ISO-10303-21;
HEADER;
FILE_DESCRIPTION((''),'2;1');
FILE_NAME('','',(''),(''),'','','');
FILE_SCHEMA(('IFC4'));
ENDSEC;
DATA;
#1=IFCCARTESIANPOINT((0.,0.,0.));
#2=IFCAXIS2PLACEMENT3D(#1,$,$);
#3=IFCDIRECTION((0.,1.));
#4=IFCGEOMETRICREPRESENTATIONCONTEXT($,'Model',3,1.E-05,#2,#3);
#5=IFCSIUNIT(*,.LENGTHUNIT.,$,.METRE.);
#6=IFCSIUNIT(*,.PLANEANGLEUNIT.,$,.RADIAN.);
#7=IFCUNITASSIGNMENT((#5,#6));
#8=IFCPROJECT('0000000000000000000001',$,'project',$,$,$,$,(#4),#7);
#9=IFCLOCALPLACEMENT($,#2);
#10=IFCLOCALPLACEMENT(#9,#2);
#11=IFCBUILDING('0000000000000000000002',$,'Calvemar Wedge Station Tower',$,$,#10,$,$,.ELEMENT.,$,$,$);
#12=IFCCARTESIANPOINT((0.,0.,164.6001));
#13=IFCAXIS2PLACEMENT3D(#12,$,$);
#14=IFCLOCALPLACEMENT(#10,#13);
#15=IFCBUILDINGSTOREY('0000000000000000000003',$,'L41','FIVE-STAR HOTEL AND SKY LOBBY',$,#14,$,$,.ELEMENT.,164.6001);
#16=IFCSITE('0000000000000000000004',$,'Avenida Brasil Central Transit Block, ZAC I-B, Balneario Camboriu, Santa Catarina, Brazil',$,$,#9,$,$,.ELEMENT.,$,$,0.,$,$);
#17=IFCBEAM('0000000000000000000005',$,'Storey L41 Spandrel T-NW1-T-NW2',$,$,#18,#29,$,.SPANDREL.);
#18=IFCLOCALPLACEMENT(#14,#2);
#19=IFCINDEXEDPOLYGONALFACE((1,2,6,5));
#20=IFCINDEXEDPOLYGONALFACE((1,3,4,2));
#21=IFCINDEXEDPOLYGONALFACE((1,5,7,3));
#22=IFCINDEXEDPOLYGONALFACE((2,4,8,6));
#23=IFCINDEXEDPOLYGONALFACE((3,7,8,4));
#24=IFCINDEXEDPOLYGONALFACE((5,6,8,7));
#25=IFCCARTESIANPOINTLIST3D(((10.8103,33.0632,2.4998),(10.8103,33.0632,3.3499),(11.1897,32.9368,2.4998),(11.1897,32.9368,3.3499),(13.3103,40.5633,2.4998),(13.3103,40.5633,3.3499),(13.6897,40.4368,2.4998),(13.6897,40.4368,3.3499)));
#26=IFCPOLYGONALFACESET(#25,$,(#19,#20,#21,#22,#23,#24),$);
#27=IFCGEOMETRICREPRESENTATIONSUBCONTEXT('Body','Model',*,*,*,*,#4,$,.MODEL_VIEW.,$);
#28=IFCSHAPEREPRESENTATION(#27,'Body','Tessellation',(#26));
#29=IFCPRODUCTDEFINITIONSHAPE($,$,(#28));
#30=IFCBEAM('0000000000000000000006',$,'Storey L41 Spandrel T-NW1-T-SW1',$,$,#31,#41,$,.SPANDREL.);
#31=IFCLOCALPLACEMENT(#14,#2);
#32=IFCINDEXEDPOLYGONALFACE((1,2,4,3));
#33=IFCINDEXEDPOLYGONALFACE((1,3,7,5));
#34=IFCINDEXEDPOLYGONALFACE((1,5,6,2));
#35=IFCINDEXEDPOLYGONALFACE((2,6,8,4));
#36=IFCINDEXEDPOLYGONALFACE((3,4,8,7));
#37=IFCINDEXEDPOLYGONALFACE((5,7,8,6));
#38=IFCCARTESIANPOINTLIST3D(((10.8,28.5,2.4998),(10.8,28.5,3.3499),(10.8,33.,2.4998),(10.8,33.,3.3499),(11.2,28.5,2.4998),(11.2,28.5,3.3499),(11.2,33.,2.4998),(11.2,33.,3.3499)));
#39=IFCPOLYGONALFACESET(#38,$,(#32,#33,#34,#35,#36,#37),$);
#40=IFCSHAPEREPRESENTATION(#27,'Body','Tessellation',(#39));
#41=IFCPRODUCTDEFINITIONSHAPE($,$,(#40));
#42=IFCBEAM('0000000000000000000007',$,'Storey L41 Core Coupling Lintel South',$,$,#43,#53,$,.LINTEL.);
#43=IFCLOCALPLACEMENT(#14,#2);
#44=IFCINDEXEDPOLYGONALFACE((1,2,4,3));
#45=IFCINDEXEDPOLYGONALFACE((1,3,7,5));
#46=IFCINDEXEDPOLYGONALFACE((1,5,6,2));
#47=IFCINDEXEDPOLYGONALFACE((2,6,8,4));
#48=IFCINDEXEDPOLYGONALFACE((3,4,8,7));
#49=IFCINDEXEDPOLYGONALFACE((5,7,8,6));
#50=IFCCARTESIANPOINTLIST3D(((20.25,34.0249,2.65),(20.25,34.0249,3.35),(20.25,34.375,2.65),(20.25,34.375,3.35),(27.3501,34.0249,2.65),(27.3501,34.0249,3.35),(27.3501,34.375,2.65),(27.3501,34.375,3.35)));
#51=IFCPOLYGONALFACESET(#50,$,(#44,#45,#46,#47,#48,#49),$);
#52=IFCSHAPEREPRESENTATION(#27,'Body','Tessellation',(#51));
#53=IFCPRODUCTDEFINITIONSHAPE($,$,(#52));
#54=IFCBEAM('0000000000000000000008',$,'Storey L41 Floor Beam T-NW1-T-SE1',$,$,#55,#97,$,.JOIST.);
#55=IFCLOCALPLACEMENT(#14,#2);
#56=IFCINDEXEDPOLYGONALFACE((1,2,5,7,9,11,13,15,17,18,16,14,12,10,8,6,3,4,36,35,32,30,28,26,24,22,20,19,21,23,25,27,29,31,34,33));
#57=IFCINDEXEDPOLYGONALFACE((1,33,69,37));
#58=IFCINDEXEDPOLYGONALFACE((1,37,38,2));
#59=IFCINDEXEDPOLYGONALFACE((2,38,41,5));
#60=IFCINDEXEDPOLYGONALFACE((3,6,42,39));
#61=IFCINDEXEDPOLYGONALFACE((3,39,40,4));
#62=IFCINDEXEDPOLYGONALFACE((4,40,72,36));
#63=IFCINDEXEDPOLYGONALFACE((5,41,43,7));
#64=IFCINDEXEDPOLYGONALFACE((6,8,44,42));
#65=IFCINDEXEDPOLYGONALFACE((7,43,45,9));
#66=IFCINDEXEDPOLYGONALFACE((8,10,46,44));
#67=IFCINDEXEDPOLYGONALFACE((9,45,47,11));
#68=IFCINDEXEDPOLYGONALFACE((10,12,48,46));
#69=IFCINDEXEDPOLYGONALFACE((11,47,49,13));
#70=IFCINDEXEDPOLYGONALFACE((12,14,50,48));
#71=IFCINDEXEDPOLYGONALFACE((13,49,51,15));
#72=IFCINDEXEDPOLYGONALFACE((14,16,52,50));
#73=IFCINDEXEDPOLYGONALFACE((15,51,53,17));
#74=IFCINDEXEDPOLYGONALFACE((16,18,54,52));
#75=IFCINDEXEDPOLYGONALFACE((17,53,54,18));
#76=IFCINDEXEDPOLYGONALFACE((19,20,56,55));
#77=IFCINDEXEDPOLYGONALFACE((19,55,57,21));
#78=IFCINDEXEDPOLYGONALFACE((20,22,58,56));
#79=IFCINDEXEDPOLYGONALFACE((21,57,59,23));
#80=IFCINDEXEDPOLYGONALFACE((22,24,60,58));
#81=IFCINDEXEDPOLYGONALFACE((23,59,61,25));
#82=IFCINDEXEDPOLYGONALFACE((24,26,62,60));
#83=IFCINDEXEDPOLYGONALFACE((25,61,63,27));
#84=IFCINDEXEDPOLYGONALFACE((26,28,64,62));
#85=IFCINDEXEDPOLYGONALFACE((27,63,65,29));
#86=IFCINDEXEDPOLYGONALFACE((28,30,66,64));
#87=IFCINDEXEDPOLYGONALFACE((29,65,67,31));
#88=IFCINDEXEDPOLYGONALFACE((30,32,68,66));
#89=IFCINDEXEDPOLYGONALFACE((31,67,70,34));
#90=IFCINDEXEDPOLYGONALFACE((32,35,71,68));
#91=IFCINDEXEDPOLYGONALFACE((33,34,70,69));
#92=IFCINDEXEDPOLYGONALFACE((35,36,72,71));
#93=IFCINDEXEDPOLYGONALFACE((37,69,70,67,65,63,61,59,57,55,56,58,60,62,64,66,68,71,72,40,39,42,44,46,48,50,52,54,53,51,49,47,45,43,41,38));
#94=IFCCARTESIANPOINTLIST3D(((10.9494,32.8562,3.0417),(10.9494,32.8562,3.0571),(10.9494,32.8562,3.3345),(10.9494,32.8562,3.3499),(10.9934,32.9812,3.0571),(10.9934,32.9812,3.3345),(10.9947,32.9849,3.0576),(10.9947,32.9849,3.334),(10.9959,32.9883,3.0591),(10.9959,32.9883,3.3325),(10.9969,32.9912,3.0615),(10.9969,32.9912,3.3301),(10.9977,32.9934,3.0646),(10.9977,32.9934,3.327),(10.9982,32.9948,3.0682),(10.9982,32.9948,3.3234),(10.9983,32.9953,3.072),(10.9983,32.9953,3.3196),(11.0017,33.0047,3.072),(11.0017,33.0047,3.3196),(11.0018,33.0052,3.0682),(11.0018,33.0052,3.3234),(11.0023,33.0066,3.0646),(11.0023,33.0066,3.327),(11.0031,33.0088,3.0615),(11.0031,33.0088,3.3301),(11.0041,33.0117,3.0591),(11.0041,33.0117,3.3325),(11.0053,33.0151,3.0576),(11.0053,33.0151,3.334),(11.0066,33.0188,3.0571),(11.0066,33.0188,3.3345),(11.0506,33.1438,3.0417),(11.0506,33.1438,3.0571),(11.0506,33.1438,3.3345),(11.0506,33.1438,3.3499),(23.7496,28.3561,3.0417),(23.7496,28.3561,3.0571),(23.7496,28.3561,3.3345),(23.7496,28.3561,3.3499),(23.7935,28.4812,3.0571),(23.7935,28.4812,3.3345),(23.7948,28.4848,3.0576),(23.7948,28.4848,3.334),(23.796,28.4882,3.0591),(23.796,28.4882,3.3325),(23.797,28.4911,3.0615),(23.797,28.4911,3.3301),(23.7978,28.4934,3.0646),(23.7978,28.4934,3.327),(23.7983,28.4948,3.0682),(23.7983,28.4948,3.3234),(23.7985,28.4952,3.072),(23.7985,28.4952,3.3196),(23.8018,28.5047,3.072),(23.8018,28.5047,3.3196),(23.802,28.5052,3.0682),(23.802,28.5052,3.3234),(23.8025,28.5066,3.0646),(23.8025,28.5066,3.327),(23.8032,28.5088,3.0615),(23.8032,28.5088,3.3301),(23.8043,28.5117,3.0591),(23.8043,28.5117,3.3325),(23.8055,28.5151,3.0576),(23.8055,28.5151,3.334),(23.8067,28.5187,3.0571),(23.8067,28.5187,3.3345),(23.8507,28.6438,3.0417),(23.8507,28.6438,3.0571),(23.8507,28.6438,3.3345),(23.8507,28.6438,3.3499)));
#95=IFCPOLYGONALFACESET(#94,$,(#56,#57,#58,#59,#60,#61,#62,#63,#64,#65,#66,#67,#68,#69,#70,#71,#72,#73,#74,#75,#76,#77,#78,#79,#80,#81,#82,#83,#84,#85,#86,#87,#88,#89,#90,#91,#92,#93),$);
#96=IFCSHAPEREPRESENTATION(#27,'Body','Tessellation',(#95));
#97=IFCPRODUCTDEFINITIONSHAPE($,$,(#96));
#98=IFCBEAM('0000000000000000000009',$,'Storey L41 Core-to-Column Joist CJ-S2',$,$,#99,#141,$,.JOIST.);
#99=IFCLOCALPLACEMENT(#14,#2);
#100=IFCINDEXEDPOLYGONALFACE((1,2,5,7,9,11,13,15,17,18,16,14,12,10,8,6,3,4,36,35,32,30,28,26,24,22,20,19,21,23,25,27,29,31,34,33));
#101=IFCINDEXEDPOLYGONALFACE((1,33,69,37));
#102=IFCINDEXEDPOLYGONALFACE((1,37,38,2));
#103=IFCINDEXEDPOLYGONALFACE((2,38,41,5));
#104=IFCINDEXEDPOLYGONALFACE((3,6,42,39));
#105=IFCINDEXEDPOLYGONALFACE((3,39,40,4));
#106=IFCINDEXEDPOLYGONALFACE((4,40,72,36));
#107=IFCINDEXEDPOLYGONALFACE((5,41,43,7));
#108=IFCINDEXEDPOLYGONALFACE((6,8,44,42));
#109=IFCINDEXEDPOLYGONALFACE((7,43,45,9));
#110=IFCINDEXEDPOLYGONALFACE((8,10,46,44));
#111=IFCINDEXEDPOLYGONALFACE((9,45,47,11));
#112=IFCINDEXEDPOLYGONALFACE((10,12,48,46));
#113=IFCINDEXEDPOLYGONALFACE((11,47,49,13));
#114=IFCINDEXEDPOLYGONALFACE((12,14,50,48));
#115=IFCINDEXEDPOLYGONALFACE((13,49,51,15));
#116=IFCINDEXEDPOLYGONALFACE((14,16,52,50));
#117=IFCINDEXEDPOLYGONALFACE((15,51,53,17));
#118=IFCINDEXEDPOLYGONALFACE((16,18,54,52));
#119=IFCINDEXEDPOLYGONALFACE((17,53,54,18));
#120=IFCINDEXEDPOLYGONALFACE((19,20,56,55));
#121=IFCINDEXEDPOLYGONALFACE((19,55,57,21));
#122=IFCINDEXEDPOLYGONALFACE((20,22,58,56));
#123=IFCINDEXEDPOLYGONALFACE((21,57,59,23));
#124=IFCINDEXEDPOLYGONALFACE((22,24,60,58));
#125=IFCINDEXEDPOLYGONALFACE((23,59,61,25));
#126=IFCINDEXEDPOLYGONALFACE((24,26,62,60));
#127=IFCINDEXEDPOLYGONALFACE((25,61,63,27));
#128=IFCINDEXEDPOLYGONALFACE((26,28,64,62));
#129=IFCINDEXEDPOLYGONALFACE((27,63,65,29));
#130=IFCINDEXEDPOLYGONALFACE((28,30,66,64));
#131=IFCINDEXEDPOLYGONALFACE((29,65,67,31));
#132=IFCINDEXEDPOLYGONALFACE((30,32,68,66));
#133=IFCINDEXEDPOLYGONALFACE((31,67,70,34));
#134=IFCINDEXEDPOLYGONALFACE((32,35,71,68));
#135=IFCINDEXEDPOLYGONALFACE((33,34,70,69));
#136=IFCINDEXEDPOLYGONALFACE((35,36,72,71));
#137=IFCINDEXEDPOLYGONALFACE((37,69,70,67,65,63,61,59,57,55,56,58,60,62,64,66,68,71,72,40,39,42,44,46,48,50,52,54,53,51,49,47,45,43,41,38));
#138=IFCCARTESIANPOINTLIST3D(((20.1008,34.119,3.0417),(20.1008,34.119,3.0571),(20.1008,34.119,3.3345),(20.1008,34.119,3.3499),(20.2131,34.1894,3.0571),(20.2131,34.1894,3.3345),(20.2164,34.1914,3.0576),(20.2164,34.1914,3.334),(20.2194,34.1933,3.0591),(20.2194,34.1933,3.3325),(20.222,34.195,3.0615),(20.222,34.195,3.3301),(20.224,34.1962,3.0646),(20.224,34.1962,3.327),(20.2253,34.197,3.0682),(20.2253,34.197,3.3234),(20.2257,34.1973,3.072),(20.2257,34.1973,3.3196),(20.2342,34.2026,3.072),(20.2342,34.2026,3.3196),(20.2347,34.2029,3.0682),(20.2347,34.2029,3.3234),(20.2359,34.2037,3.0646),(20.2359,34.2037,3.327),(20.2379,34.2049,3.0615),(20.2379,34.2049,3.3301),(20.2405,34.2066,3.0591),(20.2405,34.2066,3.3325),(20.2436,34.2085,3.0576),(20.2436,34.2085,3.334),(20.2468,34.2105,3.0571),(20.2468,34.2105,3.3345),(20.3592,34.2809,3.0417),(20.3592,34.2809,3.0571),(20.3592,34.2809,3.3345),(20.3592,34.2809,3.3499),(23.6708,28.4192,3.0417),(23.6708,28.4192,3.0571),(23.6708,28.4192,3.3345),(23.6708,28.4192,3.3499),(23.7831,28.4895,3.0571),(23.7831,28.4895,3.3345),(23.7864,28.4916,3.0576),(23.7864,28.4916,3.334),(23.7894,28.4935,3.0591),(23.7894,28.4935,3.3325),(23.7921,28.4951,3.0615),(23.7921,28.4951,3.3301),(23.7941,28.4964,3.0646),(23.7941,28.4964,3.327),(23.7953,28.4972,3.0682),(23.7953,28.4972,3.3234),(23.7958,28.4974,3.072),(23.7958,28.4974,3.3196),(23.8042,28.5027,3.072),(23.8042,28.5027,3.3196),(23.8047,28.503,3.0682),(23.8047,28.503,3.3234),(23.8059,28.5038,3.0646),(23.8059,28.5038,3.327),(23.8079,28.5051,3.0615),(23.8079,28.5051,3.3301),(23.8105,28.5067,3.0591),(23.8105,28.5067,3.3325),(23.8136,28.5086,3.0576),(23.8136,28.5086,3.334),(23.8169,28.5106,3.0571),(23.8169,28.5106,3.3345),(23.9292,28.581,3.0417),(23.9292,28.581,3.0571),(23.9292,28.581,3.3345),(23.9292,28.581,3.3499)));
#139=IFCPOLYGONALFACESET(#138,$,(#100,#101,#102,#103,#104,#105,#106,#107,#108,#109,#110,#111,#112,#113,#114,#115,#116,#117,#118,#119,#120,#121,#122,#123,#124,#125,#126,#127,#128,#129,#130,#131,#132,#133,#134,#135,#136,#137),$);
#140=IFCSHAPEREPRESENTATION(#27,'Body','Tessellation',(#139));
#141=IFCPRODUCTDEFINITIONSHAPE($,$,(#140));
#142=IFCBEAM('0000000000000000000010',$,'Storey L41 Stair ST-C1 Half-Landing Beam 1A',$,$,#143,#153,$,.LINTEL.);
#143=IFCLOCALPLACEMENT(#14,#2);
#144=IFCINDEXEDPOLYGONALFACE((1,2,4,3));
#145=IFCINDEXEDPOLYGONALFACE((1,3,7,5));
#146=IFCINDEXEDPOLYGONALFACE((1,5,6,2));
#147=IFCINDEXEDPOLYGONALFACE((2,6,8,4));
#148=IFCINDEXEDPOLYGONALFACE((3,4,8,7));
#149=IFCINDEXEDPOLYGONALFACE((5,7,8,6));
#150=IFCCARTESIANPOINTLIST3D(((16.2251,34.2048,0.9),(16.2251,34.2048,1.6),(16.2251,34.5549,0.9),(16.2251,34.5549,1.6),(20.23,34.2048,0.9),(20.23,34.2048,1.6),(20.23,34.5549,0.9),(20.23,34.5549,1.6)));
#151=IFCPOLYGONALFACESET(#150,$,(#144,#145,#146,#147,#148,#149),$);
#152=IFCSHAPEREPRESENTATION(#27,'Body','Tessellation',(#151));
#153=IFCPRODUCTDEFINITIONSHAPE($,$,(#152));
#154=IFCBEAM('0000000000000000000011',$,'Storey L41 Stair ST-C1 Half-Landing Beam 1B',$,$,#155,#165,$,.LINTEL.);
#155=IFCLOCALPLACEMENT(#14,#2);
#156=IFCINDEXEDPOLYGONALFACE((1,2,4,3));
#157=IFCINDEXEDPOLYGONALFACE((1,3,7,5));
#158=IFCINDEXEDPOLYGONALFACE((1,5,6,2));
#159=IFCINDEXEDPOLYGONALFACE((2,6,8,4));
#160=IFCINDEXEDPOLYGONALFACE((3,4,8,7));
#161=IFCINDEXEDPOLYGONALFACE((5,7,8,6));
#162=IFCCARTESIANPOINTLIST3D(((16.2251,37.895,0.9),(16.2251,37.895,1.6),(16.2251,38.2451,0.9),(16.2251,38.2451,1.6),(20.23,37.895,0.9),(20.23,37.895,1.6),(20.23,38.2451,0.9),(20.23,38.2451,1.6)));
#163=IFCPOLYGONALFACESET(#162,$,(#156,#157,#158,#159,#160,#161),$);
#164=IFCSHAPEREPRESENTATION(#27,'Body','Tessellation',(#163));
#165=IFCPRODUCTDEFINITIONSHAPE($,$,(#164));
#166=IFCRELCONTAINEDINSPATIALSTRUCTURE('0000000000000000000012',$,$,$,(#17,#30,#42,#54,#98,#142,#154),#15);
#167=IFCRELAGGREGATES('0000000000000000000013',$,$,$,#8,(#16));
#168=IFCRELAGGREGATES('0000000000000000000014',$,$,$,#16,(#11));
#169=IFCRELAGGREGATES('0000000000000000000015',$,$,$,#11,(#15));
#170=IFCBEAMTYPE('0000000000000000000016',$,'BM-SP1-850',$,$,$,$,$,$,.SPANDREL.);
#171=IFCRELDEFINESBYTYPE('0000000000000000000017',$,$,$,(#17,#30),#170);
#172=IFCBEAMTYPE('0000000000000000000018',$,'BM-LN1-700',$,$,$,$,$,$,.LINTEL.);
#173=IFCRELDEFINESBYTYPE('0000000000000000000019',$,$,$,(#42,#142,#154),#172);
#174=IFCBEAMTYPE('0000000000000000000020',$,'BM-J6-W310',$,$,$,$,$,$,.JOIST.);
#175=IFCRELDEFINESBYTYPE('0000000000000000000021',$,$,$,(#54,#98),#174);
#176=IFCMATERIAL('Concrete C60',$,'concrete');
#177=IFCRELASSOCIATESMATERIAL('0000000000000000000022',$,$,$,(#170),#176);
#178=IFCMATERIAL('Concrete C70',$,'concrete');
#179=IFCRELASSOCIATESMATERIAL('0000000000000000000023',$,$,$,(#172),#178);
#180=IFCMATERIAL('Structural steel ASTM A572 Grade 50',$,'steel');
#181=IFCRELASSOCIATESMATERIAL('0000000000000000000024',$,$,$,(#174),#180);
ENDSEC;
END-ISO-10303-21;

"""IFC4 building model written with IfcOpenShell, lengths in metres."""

from ifc_helpers import new_model, si_unit, direction, frame, origin, origin_2d, place, context, subcontext, project, spatial, rectangle, i_section, extrude, source, transform, mapped, material, material_profile, profile_set, type_object, element, save


model = new_model("IFC4")

# Units and contexts
model_context = context("Model", 3, precision=1e-05, world=origin(), true_north=direction((0.0, 1.0)))
body_context = subcontext(model_context, "Body", "Model", "MODEL_VIEW")
ifc_project = project(units=[si_unit("LENGTHUNIT", "METRE"), si_unit("PLANEANGLEUNIT", "RADIAN")], contexts=[model_context])

# Site, building, storey
site_placement = place(None, origin())
site = spatial("IfcSite", under=ifc_project, at=site_placement, Name="Avenida Brasil Central Transit Block, ZAC I-B, Balneario Camboriu, Santa Catarina, Brazil", CompositionType="ELEMENT", RefElevation=0.0)
building_placement = place(site_placement, origin())
building = spatial("IfcBuilding", under=site, at=building_placement, Name="Calvemar Wedge Station Tower", CompositionType="ELEMENT")
storey_placement = place(building_placement, frame((0.0, 0.0, 164.6001)))
storey = spatial("IfcBuildingStorey", under=building, at=storey_placement, Name="L41", Description="FIVE-STAR HOTEL AND SKY LOBBY", CompositionType="ELEMENT", Elevation=164.6001)

# Beams
ifc_material_1 = material(Name="Concrete C60", Category="concrete")
ifc_material_profile_1 = material_profile(ifc_material_1, rectangle(XDim=0.3999, YDim=0.8501, at=origin_2d()), Name="RC400x850")
ifc_profile_set_1 = profile_set([ifc_material_profile_1], Name="Concrete C60")
beam_type_1 = type_object("IfcBeamType", Name="BM-SP1-850", PredefinedType="SPANDREL", material=ifc_profile_set_1)
shared_shape_1 = source(origin(), body_context, "Body", "SweptSolid", [
    extrude(rectangle(XDim=0.3999, YDim=0.8501, at=origin_2d()), origin(), (0.0, 0.0, 1.0), 7.9058),
])
beam_1_placement = place(storey_placement, frame((11.0, 33.0, 2.9248), z_axis=(0.316228, 0.948683, 0.0), x_axis=(-0.948683, 0.316228, 0.0)))
element("IfcBeam", 1, at=beam_1_placement, inside=storey, type_object=beam_type_1, Name="Storey L41 Spandrel T-NW1-T-NW2", PredefinedType="SPANDREL", context=body_context, shape_type="MappedRepresentation", body=[
    mapped(shared_shape_1, transform((0.0, 0.0, 0.0), scale=1.0)),
])
shared_shape_2 = source(origin(), body_context, "Body", "SweptSolid", [
    extrude(rectangle(XDim=0.3999, YDim=0.8501, at=origin_2d()), origin(), (0.0, 0.0, 1.0), 4.5),
])
beam_2_placement = place(storey_placement, frame((11.0, 33.0, 2.9248), z_axis=(0.0, -1.0, 0.0), x_axis=(1.0, 0.0, 0.0)))
element("IfcBeam", 2, at=beam_2_placement, inside=storey, type_object=beam_type_1, Name="Storey L41 Spandrel T-NW1-T-SW1", PredefinedType="SPANDREL", context=body_context, shape_type="MappedRepresentation", body=[
    mapped(shared_shape_2, transform((0.0, 0.0, 0.0), scale=1.0)),
])
ifc_material_2 = material(Name="Concrete C70", Category="concrete")
ifc_material_profile_2 = material_profile(ifc_material_2, rectangle(XDim=0.3501, YDim=0.7, at=origin_2d()), Name="RC350x700")
ifc_profile_set_2 = profile_set([ifc_material_profile_2], Name="Concrete C70")
beam_type_2 = type_object("IfcBeamType", Name="BM-LN1-700", PredefinedType="LINTEL", material=ifc_profile_set_2)
shared_shape_3 = source(origin(), body_context, "Body", "SweptSolid", [
    extrude(rectangle(XDim=0.3501, YDim=0.7, at=origin_2d()), origin(), (0.0, 0.0, 1.0), 7.1001),
])
beam_3_placement = place(storey_placement, frame((20.25, 34.2, 3.0), z_axis=(1.0, 0.0, 0.0), x_axis=(0.0, 1.0, 0.0)))
element("IfcBeam", 3, at=beam_3_placement, inside=storey, type_object=beam_type_2, Name="Storey L41 Core Coupling Lintel South", PredefinedType="LINTEL", context=body_context, shape_type="MappedRepresentation", body=[
    mapped(shared_shape_3, transform((0.0, 0.0, 0.0), scale=1.0)),
])
ifc_material_3 = material(Name="Structural steel ASTM A572 Grade 50", Category="steel")
ifc_material_profile_3 = material_profile(ifc_material_3, i_section(OverallWidth=0.3049, OverallDepth=0.3081, WebThickness=0.01, FlangeThickness=0.0154, FilletRadius=0.0149, at=origin_2d()), Name="W310x97")
ifc_profile_set_3 = profile_set([ifc_material_profile_3], Name="Structural steel ASTM A572 Grade 50")
beam_type_3 = type_object("IfcBeamType", Name="BM-J6-W310", PredefinedType="JOIST", material=ifc_profile_set_3)
shared_shape_4 = source(origin(), body_context, "Body", "SweptSolid", [
    extrude(i_section(OverallWidth=0.3049, OverallDepth=0.3081, WebThickness=0.01, FlangeThickness=0.0154, FilletRadius=0.0149, at=origin_2d()), origin(), (0.0, 0.0, 1.0), 13.5681),
])
beam_4_placement = place(storey_placement, frame((11.0, 33.0, 3.1958), z_axis=(0.943398, -0.331662, 0.0), x_axis=(0.331662, 0.943398, 0.0)))
element("IfcBeam", 4, at=beam_4_placement, inside=storey, type_object=beam_type_3, Name="Storey L41 Floor Beam T-NW1-T-SE1", PredefinedType="JOIST", context=body_context, shape_type="MappedRepresentation", body=[
    mapped(shared_shape_4, transform((0.0, 0.0, 0.0), scale=1.0)),
])
shared_shape_5 = source(origin(), body_context, "Body", "SweptSolid", [
    extrude(i_section(OverallWidth=0.3049, OverallDepth=0.3081, WebThickness=0.01, FlangeThickness=0.0154, FilletRadius=0.0149, at=origin_2d()), origin(), (0.0, 0.0, 1.0), 6.7256),
])
beam_5_placement = place(storey_placement, frame((20.23, 34.2, 3.1958), z_axis=(0.530811, -0.84749, 0.0), x_axis=(0.84749, 0.530811, 0.0)))
element("IfcBeam", 5, at=beam_5_placement, inside=storey, type_object=beam_type_3, Name="Storey L41 Core-to-Column Joist CJ-S2", PredefinedType="JOIST", context=body_context, shape_type="MappedRepresentation", body=[
    mapped(shared_shape_5, transform((0.0, 0.0, 0.0), scale=1.0)),
])
shared_shape_6 = source(origin(), body_context, "Body", "SweptSolid", [
    extrude(rectangle(XDim=0.3501, YDim=0.7, at=origin_2d()), origin(), (0.0, 0.0, 1.0), 4.0049),
])
for number, where, z_axis, x_axis, name in (
    (6, (16.2251, 34.3799, 1.25), (1.0, 0.0, 0.0), (0.0, 1.0, 0.0), "Storey L41 Stair ST-C1 Half-Landing Beam 1A"),
    (7, (16.2251, 38.0701, 1.25), (1.0, 0.0, 0.0), (0.0, 1.0, 0.0), "Storey L41 Stair ST-C1 Half-Landing Beam 1B"),
):
    element("IfcBeam", number, at=place(storey_placement, frame(where, z_axis=z_axis, x_axis=x_axis)), inside=storey, type_object=beam_type_2, Name=name, PredefinedType="LINTEL", context=body_context, shape_type="MappedRepresentation", body=[
        mapped(shared_shape_6, transform((0.0, 0.0, 0.0), scale=1.0)),
    ])

save(model, "model.ifc")
